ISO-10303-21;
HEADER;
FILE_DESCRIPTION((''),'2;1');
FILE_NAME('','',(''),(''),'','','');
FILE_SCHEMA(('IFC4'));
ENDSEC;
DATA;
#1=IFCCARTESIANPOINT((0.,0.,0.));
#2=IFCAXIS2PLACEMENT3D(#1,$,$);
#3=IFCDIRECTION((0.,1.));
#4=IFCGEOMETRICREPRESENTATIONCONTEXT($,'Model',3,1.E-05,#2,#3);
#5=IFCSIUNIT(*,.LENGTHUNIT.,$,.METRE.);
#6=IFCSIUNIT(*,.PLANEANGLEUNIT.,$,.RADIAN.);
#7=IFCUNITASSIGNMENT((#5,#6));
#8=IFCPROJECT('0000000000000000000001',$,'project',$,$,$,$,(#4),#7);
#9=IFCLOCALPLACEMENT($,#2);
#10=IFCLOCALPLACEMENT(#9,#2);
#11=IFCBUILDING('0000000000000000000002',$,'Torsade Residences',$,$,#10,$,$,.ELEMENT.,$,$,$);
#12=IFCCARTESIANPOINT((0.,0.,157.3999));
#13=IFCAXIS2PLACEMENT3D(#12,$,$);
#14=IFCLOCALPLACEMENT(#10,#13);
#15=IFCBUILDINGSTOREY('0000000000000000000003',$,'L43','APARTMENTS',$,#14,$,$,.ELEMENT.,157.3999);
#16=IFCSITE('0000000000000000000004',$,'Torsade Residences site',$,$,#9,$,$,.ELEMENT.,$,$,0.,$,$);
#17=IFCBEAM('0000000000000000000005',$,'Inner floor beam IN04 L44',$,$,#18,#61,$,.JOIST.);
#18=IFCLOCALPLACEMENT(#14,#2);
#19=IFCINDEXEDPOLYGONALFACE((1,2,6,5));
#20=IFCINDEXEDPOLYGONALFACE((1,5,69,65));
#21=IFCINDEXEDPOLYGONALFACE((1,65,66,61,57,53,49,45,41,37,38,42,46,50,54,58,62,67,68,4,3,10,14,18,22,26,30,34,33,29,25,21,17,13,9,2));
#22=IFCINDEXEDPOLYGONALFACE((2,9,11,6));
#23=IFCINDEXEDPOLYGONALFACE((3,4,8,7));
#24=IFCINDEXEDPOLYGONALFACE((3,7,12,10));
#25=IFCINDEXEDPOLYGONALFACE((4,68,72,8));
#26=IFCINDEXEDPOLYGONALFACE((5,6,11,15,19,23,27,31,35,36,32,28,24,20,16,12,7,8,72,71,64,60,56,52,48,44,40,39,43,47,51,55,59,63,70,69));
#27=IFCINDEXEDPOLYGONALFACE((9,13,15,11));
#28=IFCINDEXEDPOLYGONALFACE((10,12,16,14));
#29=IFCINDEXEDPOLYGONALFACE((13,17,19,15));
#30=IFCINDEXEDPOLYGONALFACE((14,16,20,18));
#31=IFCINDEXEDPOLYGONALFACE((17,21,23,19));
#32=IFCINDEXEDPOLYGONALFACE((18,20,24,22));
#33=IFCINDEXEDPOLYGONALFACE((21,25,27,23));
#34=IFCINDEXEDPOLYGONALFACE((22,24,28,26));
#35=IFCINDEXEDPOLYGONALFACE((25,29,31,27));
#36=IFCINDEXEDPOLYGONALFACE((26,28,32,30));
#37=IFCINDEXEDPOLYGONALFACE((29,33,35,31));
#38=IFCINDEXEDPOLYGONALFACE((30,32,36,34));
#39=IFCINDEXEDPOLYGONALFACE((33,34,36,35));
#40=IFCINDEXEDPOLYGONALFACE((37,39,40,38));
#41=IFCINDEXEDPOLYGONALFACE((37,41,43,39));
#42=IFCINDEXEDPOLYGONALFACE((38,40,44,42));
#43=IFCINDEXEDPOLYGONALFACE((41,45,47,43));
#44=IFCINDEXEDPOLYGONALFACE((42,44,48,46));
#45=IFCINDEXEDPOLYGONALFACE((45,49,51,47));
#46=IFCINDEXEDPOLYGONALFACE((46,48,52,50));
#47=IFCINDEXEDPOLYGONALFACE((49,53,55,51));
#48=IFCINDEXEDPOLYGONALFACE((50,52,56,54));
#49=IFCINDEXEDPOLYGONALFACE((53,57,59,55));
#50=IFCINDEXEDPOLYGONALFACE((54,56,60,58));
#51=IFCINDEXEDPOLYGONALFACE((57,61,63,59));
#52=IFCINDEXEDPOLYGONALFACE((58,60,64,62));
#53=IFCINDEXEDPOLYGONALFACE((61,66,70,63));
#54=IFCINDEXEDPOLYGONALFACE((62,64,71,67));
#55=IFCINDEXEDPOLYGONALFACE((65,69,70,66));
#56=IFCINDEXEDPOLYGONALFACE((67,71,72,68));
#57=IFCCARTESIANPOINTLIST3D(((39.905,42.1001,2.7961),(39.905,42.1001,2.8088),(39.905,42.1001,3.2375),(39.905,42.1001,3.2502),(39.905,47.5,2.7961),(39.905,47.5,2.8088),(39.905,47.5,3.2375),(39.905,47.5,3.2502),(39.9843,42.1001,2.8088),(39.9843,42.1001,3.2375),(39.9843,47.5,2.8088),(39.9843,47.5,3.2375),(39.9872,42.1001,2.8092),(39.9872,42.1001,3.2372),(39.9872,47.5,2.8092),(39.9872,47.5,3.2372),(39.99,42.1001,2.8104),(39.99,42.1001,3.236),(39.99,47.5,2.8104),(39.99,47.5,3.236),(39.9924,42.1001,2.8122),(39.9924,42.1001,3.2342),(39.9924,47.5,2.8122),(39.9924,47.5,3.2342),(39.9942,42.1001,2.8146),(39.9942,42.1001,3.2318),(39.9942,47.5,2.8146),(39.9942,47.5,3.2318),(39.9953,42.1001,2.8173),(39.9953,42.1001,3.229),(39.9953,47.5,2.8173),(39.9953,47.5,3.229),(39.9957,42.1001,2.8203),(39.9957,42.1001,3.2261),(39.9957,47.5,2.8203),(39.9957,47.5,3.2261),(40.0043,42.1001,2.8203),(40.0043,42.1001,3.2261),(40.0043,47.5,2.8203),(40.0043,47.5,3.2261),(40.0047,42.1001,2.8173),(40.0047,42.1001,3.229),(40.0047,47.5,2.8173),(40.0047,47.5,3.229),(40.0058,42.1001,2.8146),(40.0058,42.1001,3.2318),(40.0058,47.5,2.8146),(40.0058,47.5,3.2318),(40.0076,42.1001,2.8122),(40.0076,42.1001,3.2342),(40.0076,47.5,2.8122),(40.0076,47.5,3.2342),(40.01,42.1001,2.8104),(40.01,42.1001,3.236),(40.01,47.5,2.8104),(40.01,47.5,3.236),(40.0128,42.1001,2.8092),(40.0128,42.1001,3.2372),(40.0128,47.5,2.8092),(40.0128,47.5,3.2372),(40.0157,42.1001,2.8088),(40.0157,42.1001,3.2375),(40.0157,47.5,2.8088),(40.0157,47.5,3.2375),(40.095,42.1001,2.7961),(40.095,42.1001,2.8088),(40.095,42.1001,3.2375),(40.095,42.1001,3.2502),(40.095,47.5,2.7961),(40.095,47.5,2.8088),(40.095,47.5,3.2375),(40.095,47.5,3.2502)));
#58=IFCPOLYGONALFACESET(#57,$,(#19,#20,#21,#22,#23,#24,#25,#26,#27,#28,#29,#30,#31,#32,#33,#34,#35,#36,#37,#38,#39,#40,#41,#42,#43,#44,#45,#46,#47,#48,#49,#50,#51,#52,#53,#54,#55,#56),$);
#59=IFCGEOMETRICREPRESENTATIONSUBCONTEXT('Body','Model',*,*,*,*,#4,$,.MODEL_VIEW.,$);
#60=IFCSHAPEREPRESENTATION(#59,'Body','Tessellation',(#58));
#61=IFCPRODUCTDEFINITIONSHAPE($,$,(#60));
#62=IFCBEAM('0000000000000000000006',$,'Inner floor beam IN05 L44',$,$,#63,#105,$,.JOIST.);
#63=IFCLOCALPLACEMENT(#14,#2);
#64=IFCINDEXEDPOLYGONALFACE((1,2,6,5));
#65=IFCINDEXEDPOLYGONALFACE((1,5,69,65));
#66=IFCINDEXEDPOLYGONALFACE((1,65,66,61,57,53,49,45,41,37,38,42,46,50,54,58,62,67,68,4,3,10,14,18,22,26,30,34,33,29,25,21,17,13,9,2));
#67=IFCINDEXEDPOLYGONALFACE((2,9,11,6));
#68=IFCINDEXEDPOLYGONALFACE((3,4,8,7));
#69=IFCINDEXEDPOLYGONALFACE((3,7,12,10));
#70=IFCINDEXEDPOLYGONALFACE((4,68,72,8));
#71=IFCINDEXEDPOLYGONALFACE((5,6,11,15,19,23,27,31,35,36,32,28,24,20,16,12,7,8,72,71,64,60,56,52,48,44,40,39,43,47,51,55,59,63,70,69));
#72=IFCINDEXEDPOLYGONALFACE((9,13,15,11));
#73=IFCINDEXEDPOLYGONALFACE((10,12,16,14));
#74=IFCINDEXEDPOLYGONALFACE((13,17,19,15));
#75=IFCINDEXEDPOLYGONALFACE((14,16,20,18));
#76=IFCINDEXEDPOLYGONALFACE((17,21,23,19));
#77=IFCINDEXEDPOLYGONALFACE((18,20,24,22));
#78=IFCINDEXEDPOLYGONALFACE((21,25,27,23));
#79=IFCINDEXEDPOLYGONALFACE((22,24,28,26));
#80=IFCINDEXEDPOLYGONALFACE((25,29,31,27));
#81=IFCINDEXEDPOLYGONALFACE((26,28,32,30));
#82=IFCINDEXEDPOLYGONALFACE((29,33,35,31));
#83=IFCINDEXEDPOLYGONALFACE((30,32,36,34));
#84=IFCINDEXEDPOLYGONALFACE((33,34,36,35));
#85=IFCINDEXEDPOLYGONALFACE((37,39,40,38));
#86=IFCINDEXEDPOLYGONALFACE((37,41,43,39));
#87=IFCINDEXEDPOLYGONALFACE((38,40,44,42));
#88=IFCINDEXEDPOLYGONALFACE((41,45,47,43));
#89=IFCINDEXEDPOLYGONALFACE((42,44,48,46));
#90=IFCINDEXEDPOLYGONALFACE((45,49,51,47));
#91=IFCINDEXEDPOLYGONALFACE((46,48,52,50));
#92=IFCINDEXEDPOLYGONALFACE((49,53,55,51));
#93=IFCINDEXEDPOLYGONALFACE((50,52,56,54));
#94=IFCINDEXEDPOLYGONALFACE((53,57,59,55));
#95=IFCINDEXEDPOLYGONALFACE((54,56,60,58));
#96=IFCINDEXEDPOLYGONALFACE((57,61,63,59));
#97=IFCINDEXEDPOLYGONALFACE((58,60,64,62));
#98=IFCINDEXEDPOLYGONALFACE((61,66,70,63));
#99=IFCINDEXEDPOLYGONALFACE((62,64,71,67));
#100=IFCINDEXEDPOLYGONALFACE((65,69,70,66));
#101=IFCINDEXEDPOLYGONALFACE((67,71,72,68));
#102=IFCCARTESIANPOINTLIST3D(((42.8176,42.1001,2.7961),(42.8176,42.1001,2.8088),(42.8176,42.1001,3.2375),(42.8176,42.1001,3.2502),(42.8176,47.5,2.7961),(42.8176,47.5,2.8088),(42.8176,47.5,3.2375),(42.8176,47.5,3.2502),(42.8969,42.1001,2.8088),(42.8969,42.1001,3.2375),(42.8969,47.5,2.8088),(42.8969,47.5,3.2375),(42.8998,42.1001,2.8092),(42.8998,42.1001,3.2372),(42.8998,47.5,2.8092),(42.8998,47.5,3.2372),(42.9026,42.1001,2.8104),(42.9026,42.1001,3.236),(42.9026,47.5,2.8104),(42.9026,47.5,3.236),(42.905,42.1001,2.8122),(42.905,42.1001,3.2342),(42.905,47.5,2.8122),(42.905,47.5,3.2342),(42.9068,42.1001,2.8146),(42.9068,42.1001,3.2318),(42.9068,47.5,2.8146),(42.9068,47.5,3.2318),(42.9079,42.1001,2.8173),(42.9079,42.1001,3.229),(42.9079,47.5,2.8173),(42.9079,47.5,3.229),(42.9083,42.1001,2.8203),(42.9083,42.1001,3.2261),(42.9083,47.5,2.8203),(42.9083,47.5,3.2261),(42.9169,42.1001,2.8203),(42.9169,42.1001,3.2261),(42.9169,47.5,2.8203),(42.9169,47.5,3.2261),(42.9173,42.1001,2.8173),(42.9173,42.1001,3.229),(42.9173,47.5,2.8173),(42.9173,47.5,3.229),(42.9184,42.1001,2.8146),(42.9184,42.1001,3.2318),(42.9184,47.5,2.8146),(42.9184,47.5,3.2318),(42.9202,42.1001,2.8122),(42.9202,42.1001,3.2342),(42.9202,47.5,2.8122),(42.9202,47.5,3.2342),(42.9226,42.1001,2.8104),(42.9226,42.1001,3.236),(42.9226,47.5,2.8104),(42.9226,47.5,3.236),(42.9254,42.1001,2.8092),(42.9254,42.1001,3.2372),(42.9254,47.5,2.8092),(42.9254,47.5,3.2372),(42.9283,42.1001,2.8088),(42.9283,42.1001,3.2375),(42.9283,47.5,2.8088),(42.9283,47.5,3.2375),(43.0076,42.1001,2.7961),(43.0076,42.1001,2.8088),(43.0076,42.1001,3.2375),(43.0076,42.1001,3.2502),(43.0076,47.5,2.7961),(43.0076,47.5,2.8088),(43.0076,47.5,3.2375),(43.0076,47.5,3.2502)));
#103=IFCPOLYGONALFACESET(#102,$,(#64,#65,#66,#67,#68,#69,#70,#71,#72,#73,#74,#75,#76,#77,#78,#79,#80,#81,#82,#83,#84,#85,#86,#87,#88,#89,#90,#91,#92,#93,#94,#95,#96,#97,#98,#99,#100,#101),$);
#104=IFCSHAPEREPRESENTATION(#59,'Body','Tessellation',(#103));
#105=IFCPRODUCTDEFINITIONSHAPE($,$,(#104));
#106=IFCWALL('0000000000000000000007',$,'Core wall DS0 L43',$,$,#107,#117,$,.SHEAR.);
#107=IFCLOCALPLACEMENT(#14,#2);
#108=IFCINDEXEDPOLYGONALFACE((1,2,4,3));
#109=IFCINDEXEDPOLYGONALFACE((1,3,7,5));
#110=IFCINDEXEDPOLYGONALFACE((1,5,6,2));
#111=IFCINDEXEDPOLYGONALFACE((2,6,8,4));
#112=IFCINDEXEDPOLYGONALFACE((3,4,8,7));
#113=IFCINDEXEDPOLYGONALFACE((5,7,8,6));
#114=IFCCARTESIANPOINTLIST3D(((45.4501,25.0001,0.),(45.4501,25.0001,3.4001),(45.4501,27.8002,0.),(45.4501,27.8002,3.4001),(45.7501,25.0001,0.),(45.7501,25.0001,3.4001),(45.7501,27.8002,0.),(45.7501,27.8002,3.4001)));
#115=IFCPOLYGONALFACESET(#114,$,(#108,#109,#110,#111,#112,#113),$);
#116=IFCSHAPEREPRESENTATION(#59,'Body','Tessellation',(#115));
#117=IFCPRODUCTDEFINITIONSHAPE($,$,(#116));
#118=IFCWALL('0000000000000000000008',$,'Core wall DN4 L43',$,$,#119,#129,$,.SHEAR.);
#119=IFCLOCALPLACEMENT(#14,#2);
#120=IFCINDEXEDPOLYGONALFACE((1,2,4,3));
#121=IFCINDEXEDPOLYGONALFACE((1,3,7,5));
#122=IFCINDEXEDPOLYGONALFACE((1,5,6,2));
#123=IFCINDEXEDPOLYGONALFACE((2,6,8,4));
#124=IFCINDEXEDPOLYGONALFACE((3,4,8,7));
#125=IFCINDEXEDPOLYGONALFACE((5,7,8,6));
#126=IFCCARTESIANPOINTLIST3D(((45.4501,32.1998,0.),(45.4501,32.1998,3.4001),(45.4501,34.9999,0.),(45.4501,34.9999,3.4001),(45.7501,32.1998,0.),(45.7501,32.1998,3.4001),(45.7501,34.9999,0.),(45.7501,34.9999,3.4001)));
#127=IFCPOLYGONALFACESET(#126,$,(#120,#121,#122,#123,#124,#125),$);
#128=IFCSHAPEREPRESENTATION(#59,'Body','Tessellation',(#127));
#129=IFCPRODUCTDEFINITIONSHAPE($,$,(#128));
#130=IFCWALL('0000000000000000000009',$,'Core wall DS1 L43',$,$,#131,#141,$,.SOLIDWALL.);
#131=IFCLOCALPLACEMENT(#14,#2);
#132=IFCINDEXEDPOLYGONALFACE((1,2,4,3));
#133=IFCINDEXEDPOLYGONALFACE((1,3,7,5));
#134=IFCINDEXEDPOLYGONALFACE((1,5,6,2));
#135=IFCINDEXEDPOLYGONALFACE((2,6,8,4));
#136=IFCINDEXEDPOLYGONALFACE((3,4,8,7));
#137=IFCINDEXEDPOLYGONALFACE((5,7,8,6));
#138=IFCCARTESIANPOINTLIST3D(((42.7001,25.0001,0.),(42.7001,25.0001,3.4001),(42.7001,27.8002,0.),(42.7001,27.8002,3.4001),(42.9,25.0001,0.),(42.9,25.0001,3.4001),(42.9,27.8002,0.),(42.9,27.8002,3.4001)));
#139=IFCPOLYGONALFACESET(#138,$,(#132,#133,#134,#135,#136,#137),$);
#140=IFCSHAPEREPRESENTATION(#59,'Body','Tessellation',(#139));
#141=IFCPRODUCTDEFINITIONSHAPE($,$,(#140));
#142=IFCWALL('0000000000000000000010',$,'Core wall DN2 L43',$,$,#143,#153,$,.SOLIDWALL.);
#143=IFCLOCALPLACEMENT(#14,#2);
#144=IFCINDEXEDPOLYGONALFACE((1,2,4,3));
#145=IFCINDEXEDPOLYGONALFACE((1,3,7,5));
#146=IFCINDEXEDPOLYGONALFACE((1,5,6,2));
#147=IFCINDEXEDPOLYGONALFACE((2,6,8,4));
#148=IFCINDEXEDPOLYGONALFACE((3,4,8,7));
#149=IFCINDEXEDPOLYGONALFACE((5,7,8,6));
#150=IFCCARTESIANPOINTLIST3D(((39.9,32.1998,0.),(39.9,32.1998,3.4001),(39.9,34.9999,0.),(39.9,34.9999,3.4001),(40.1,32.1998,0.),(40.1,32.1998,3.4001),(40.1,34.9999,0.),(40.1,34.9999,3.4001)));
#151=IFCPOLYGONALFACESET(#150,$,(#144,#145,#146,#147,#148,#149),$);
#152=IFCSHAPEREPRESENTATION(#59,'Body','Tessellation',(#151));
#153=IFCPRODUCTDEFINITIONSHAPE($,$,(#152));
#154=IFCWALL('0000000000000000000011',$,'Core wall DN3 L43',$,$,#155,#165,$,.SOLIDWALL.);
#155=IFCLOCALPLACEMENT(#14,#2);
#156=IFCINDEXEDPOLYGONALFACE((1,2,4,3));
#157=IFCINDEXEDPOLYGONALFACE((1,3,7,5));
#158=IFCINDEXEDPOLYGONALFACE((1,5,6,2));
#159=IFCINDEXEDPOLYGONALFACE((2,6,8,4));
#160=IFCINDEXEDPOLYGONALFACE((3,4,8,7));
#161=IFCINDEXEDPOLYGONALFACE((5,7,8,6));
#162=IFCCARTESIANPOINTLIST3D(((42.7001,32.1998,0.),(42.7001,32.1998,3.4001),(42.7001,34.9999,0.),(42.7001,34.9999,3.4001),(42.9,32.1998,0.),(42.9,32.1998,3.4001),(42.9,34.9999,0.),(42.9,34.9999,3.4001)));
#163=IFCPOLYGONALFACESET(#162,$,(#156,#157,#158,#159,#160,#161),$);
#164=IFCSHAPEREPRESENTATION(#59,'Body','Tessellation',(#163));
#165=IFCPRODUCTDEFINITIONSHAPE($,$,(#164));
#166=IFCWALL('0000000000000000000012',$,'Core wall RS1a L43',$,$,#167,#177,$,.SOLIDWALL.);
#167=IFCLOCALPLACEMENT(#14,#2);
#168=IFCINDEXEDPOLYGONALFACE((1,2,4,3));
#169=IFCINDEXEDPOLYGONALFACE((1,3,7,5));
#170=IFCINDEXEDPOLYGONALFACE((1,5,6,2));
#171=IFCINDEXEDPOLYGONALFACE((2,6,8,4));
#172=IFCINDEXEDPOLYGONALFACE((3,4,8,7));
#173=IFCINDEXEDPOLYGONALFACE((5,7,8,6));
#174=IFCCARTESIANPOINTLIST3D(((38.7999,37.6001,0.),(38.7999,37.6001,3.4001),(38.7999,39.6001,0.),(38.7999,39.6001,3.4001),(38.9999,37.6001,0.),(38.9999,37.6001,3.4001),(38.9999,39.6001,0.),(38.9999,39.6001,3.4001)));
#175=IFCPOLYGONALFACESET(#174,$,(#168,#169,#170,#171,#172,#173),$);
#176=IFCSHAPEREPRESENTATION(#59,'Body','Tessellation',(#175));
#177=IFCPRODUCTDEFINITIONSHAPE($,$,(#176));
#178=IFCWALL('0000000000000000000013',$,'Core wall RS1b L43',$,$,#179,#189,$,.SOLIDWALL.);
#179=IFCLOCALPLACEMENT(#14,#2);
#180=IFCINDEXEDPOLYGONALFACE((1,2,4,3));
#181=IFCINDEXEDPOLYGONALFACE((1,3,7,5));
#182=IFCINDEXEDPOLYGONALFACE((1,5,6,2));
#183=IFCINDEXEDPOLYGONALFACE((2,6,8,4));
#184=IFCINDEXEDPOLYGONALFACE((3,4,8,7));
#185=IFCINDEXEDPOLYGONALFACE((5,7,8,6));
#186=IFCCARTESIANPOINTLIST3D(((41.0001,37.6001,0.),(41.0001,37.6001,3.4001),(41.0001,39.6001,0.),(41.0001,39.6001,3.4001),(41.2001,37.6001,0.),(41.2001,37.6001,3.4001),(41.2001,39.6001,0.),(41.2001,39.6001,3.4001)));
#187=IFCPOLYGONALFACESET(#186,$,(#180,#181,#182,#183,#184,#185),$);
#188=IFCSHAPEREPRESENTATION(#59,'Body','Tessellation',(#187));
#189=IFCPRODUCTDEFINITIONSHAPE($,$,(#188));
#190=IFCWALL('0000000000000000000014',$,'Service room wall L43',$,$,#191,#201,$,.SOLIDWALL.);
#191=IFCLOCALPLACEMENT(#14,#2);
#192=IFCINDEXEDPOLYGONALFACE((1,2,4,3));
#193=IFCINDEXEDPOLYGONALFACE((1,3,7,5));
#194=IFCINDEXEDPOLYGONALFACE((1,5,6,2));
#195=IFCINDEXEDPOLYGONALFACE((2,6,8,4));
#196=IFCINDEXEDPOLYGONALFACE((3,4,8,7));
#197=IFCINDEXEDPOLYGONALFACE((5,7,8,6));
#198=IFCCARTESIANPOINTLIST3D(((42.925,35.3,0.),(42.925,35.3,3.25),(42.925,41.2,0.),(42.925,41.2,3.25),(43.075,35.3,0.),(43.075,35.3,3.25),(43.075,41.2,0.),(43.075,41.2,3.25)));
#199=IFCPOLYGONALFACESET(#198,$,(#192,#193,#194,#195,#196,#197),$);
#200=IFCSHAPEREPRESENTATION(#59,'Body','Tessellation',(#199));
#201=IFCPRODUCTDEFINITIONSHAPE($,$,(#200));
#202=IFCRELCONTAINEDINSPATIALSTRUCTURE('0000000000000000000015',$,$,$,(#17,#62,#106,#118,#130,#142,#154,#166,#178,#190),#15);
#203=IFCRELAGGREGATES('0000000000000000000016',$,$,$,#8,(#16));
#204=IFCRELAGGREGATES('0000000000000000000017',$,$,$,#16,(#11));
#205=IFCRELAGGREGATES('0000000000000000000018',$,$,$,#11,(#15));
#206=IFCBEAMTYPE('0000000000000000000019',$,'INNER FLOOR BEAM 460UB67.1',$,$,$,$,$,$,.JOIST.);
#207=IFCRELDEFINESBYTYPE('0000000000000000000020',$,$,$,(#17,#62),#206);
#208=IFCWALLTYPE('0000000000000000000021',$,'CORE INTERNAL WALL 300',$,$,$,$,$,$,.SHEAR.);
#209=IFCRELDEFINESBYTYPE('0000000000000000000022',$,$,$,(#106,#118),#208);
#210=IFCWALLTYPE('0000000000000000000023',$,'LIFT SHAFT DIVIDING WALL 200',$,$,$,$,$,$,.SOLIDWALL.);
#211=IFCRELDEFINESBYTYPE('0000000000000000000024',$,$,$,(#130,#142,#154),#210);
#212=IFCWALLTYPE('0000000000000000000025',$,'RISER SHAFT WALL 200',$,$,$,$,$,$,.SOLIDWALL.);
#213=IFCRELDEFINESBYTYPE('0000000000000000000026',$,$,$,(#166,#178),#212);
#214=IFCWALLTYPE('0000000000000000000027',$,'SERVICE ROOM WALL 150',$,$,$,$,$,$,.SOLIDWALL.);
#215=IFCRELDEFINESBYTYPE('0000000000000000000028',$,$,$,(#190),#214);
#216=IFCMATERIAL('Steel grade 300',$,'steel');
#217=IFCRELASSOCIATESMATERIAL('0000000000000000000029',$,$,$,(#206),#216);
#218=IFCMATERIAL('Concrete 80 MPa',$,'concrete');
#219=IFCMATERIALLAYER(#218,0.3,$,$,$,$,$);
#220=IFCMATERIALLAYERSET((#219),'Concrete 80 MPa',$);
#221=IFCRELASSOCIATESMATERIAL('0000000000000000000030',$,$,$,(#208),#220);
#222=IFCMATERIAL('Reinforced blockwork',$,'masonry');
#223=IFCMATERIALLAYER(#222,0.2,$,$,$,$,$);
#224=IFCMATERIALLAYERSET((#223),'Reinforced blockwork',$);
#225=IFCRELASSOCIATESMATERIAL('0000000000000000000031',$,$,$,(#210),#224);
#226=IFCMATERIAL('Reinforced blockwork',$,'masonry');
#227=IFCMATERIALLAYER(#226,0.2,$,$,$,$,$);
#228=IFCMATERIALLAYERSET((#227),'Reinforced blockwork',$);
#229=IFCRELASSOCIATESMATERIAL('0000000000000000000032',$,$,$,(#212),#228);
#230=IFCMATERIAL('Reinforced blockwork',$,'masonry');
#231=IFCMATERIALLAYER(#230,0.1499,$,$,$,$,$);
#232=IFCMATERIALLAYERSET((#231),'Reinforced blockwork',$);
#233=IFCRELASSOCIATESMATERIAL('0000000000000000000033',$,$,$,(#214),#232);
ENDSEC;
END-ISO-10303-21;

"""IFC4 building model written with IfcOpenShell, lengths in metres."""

from ifc_helpers import new_model, si_unit, direction, frame, frame_2d, origin, origin_2d, place, context, subcontext, project, spatial, rectangle, i_section, extrude, material, layer, layer_set, material_profile, profile_set, type_object, element, save


model = new_model("IFC4")

# Units and contexts
model_context = context("Model", 3, precision=1e-05, world=origin(), true_north=direction((0.0, 1.0)))
body_context = subcontext(model_context, "Body", "Model", "MODEL_VIEW")
ifc_project = project(units=[si_unit("LENGTHUNIT", "METRE"), si_unit("PLANEANGLEUNIT", "RADIAN")], contexts=[model_context])

# Site, building, storey
site_placement = place(None, origin())
site = spatial("IfcSite", under=ifc_project, at=site_placement, Name="Torsade Residences site", CompositionType="ELEMENT", RefElevation=0.0)
building_placement = place(site_placement, origin())
building = spatial("IfcBuilding", under=site, at=building_placement, Name="Torsade Residences", CompositionType="ELEMENT")
storey_placement = place(building_placement, frame((0.0, 0.0, 157.3999)))
storey = spatial("IfcBuildingStorey", under=building, at=storey_placement, Name="L43", Description="APARTMENTS", CompositionType="ELEMENT", Elevation=157.3999)

# Beams
ifc_material_1 = material(Name="Steel grade 300", Category="steel")
ifc_material_profile = material_profile(ifc_material_1, i_section(OverallWidth=0.1899, OverallDepth=0.4541, WebThickness=0.0085, FlangeThickness=0.0127, FilletRadius=0.0115, at=origin_2d()), Name="460UB67.1")
ifc_profile_set = profile_set([ifc_material_profile], Name="Steel grade 300")
beam_type = type_object("IfcBeamType", Name="INNER FLOOR BEAM 460UB67.1", PredefinedType="JOIST", material=ifc_profile_set)
for number, where, z_axis, x_axis, name in (
    (1, (40.0, 42.1001, 3.0232), (0.0, 1.0, 0.0), (-1.0, 0.0, 0.0), "Inner floor beam IN04 L44"),
    (2, (42.9126, 42.1001, 3.0232), (0.0, 1.0, 0.0), (-1.0, 0.0, 0.0), "Inner floor beam IN05 L44"),
):
    element("IfcBeam", number, at=place(storey_placement, frame(where, z_axis=z_axis, x_axis=x_axis)), inside=storey, type_object=beam_type, Name=name, PredefinedType="JOIST", context=body_context, shape_type="SweptSolid", body=[
        extrude(i_section(OverallWidth=0.1899, OverallDepth=0.4541, WebThickness=0.0085, FlangeThickness=0.0127, FilletRadius=0.0115, at=origin_2d()), origin(), (0.0, 0.0, 1.0), 5.3999),
    ])

# Walls
ifc_material_2 = material(Name="Concrete 80 MPa", Category="concrete")
ifc_layer_1 = layer(ifc_material_2, 0.3)
ifc_layer_set_1 = layer_set([ifc_layer_1], Name="Concrete 80 MPa")
wall_type_1 = type_object("IfcWallType", Name="CORE INTERNAL WALL 300", PredefinedType="SHEAR", material=ifc_layer_set_1)
for number, where, z_axis, x_axis, name in (
    (3, (45.6001, 27.8, 0.0), (0.0, 0.0, 1.0), (0.0, -1.0, 0.0), "Core wall DS0 L43"),
    (4, (45.6001, 32.2, 0.0), (0.0, 0.0, 1.0), (0.0, 1.0, 0.0), "Core wall DN4 L43"),
):
    element("IfcWall", number, at=place(storey_placement, frame(where, z_axis=z_axis, x_axis=x_axis)), inside=storey, type_object=wall_type_1, Name=name, PredefinedType="SHEAR", context=body_context, shape_type="SweptSolid", body=[
        extrude(rectangle(XDim=2.8, YDim=0.3, at=frame_2d((1.3999, 0.0))), origin(), (0.0, 0.0, 1.0), 3.4001),
    ])
ifc_material_3 = material(Name="Reinforced blockwork", Category="masonry")
ifc_layer_2 = layer(ifc_material_3, 0.2)
ifc_layer_set_2 = layer_set([ifc_layer_2], Name="Reinforced blockwork")
wall_type_2 = type_object("IfcWallType", Name="LIFT SHAFT DIVIDING WALL 200", PredefinedType="SOLIDWALL", material=ifc_layer_set_2)
for number, where, z_axis, x_axis, name in (
    (5, (42.8, 27.8, 0.0), (0.0, 0.0, 1.0), (0.0, -1.0, 0.0), "Core wall DS1 L43"),
    (6, (40.0, 32.2, 0.0), (0.0, 0.0, 1.0), (0.0, 1.0, 0.0), "Core wall DN2 L43"),
    (7, (42.8, 32.2, 0.0), (0.0, 0.0, 1.0), (0.0, 1.0, 0.0), "Core wall DN3 L43"),
):
    element("IfcWall", number, at=place(storey_placement, frame(where, z_axis=z_axis, x_axis=x_axis)), inside=storey, type_object=wall_type_2, Name=name, PredefinedType="SOLIDWALL", context=body_context, shape_type="SweptSolid", body=[
        extrude(rectangle(XDim=2.8, YDim=0.2, at=frame_2d((1.3999, 0.0))), origin(), (0.0, 0.0, 1.0), 3.4001),
    ])
ifc_material_4 = material(Name="Reinforced blockwork", Category="masonry")
ifc_layer_3 = layer(ifc_material_4, 0.2)
ifc_layer_set_3 = layer_set([ifc_layer_3], Name="Reinforced blockwork")
wall_type_3 = type_object("IfcWallType", Name="RISER SHAFT WALL 200", PredefinedType="SOLIDWALL", material=ifc_layer_set_3)
for number, where, z_axis, x_axis, name in (
    (8, (38.8999, 37.6001, 0.0), (0.0, 0.0, 1.0), (0.0, 1.0, 0.0), "Core wall RS1a L43"),
    (9, (41.1001, 37.6001, 0.0), (0.0, 0.0, 1.0), (0.0, 1.0, 0.0), "Core wall RS1b L43"),
):
    element("IfcWall", number, at=place(storey_placement, frame(where, z_axis=z_axis, x_axis=x_axis)), inside=storey, type_object=wall_type_3, Name=name, PredefinedType="SOLIDWALL", context=body_context, shape_type="SweptSolid", body=[
        extrude(rectangle(XDim=2.0, YDim=0.2, at=frame_2d((1.0, 0.0))), origin(), (0.0, 0.0, 1.0), 3.4001),
    ])
ifc_material_5 = material(Name="Reinforced blockwork", Category="masonry")
ifc_layer_4 = layer(ifc_material_5, 0.1499)
ifc_layer_set_4 = layer_set([ifc_layer_4], Name="Reinforced blockwork")
wall_type_4 = type_object("IfcWallType", Name="SERVICE ROOM WALL 150", PredefinedType="SOLIDWALL", material=ifc_layer_set_4)
wall_1_placement = place(storey_placement, frame((43.0, 41.2, 0.0), z_axis=(0.0, 0.0, 1.0), x_axis=(0.0, -1.0, 0.0)))
element("IfcWall", 10, at=wall_1_placement, inside=storey, type_object=wall_type_4, Name="Service room wall L43", PredefinedType="SOLIDWALL", context=body_context, shape_type="SweptSolid", body=[
    extrude(rectangle(XDim=5.8999, YDim=0.1499, at=frame_2d((2.95, 0.0))), origin(), (0.0, 0.0, 1.0), 3.25),
])

save(model, "model.ifc")
